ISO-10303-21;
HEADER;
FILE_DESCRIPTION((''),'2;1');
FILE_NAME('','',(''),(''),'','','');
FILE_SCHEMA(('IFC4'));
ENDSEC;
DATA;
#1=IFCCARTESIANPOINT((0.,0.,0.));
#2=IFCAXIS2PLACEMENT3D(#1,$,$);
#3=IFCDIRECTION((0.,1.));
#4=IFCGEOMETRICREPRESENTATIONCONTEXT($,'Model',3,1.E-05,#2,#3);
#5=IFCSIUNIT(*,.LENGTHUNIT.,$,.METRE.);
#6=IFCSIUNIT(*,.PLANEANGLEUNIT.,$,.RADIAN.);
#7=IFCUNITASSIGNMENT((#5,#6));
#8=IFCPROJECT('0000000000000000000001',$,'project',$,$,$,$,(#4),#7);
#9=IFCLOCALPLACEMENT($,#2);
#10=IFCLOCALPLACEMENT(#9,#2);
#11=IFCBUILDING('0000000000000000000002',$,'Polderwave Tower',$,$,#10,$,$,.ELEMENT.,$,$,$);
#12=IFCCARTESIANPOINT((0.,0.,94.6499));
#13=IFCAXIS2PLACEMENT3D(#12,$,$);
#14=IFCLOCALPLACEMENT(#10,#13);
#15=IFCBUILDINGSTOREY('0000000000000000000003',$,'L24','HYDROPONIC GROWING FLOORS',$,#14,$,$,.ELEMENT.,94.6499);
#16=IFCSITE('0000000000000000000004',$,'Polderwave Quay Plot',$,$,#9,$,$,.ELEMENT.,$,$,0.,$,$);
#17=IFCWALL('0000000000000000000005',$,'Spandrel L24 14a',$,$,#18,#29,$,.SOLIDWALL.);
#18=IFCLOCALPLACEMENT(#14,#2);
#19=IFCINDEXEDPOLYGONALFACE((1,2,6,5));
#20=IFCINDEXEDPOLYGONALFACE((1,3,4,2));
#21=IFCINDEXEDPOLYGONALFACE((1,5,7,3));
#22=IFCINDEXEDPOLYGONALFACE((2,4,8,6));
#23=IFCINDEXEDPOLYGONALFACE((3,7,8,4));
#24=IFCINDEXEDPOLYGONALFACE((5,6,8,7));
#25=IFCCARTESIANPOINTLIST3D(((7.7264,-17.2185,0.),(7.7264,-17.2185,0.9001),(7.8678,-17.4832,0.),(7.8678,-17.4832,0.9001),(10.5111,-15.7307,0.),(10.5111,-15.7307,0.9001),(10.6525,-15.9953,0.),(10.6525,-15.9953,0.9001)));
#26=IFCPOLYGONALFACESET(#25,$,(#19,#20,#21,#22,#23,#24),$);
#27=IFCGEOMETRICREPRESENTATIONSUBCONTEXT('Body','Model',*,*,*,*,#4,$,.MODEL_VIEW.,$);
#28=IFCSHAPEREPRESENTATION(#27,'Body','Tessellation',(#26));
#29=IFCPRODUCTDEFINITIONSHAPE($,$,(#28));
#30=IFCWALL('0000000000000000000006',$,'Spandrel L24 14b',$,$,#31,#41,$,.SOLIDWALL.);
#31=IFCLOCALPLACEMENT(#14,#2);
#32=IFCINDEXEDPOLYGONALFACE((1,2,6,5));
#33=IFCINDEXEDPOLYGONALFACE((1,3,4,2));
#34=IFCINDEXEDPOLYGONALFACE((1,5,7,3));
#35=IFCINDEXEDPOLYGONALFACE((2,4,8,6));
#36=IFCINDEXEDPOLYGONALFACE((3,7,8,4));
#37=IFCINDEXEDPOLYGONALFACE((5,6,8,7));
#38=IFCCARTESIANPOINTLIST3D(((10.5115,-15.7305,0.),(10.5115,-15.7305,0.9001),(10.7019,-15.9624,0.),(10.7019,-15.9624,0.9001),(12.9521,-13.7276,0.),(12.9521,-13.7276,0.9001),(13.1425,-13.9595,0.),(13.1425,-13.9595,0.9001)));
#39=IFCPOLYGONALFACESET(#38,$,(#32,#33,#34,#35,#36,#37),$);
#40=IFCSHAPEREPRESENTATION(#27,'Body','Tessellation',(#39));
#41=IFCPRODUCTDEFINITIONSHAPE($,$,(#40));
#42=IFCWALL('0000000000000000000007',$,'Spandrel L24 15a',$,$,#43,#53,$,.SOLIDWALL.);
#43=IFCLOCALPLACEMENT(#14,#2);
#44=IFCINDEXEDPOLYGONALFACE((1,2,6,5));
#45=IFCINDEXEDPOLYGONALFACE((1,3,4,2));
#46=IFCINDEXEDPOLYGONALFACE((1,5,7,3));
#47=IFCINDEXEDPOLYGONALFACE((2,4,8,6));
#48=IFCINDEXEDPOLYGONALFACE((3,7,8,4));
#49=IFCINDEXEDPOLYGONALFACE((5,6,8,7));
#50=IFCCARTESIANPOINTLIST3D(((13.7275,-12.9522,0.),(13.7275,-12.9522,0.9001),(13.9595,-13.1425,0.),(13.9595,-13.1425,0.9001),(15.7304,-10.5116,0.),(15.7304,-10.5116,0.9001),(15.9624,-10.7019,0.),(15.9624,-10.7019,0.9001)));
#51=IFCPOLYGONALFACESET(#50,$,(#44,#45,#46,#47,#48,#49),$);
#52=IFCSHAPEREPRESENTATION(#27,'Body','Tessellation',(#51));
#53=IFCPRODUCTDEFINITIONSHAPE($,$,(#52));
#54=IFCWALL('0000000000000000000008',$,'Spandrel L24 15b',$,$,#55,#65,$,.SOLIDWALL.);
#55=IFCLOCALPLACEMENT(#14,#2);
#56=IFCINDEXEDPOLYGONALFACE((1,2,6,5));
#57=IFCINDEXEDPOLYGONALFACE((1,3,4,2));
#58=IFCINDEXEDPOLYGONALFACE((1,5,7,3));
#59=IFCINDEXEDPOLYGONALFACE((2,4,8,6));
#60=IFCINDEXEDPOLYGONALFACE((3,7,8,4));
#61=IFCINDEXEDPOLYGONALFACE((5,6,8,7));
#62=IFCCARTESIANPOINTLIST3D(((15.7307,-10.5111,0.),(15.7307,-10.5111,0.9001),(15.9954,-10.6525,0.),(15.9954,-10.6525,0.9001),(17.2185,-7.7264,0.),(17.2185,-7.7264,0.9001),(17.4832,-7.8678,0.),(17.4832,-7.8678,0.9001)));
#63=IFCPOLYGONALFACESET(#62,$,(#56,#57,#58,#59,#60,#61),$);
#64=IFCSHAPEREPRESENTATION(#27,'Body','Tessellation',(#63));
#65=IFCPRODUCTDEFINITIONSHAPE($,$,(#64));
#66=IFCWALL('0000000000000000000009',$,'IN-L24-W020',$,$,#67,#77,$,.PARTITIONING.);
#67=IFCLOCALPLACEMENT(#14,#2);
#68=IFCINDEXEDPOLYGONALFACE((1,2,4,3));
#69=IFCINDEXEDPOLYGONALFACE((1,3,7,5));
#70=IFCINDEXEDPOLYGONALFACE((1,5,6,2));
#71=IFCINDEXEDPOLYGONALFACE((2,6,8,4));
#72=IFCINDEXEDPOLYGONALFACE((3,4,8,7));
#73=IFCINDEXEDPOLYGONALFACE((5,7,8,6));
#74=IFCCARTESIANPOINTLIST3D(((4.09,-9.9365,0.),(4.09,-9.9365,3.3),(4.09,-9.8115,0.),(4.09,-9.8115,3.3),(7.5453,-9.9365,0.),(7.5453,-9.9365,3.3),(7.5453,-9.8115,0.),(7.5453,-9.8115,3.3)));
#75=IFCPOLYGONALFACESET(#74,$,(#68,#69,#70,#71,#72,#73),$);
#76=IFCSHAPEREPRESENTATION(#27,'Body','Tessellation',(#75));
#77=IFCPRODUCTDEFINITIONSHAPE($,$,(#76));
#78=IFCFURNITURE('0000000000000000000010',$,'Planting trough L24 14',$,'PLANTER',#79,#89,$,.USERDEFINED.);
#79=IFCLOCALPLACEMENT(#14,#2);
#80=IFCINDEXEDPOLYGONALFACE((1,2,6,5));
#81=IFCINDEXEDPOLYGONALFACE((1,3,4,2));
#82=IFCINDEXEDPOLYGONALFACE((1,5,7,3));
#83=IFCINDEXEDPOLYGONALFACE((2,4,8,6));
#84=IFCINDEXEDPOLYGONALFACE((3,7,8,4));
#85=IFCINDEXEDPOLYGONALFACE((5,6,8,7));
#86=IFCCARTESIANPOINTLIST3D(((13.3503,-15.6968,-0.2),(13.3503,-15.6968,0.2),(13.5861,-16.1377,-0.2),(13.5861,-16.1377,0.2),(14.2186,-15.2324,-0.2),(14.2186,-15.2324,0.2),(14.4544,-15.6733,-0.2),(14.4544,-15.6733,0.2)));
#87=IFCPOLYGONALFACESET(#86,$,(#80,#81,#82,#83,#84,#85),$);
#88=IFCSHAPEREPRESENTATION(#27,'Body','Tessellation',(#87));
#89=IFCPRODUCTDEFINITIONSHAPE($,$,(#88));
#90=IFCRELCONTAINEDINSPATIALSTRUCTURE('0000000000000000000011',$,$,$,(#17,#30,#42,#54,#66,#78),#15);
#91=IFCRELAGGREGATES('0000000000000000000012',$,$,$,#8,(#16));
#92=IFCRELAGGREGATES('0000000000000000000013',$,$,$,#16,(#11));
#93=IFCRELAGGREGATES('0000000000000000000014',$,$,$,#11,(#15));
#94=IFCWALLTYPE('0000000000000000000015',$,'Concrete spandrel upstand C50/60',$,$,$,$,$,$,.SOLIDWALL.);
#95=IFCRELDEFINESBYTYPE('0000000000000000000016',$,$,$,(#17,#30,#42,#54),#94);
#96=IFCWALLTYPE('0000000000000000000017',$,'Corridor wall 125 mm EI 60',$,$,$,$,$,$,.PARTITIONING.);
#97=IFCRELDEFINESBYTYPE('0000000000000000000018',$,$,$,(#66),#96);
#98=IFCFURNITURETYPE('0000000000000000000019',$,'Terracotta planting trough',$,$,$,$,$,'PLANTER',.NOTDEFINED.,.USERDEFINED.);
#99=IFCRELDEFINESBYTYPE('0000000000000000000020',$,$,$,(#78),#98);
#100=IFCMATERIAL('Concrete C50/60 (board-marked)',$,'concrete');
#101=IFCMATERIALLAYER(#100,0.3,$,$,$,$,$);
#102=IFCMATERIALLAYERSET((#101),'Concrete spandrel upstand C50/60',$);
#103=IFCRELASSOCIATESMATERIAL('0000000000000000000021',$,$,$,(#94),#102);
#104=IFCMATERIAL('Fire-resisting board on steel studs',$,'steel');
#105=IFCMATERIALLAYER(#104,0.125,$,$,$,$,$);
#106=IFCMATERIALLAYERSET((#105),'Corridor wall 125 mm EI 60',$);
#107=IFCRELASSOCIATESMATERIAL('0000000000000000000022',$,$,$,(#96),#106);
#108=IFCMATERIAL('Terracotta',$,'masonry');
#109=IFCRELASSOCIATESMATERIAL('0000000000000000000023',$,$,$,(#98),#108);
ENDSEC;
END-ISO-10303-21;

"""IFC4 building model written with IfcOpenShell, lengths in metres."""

from ifc_helpers import new_model, si_unit, direction, frame, frame_2d, origin, origin_2d, place, context, subcontext, project, spatial, rectangle, extrude, material, layer, layer_set, type_object, element, save


model = new_model("IFC4")

# Units and contexts
model_context = context("Model", 3, precision=1e-05, world=origin(), true_north=direction((0.0, 1.0)))
body_context = subcontext(model_context, "Body", "Model", "MODEL_VIEW")
ifc_project = project(units=[si_unit("LENGTHUNIT", "METRE"), si_unit("PLANEANGLEUNIT", "RADIAN")], contexts=[model_context])

# Site, building, storey
site_placement = place(None, origin())
site = spatial("IfcSite", under=ifc_project, at=site_placement, Name="Polderwave Quay Plot", CompositionType="ELEMENT", RefElevation=0.0)
building_placement = place(site_placement, origin())
building = spatial("IfcBuilding", under=site, at=building_placement, Name="Polderwave Tower", CompositionType="ELEMENT")
storey_placement = place(building_placement, frame((0.0, 0.0, 94.6499)))
storey = spatial("IfcBuildingStorey", under=building, at=storey_placement, Name="L24", Description="HYDROPONIC GROWING FLOORS", CompositionType="ELEMENT", Elevation=94.6499)

# Walls
ifc_material_1 = material(Name="Concrete C50/60 (board-marked)", Category="concrete")
ifc_layer_1 = layer(ifc_material_1, 0.3)
ifc_layer_set_1 = layer_set([ifc_layer_1], Name="Concrete spandrel upstand C50/60")
wall_type_1 = type_object("IfcWallType", Name="Concrete spandrel upstand C50/60", PredefinedType="SOLIDWALL", material=ifc_layer_set_1)
for number, where, z_axis, x_axis, name in (
    (1, (7.7971, -17.3508, 0.0), (0.0, 0.0, 1.0), (0.882006, 0.471238, 0.0), "Spandrel L24 14a"),
    (2, (10.6067, -15.8464, 0.0), (0.0, 0.0, 1.0), (0.773023, 0.634378, 0.0), "Spandrel L24 14b"),
    (3, (13.8435, -13.0474, 0.0), (0.0, 0.0, 1.0), (0.634378, 0.773023, 0.0), "Spandrel L24 15a"),
    (4, (15.863, -10.5818, 0.0), (0.0, 0.0, 1.0), (0.471238, 0.882006, 0.0), "Spandrel L24 15b"),
):
    element("IfcWall", number, at=place(storey_placement, frame(where, z_axis=z_axis, x_axis=x_axis)), inside=storey, type_object=wall_type_1, Name=name, PredefinedType="SOLIDWALL", context=body_context, shape_type="SweptSolid", body=[
        extrude(rectangle(XDim=3.1572, YDim=0.3, at=frame_2d((1.5786, 0.0))), origin(), (0.0, 0.0, 1.0), 0.9001),
    ])
ifc_material_2 = material(Name="Fire-resisting board on steel studs", Category="steel")
ifc_layer_2 = layer(ifc_material_2, 0.125)
ifc_layer_set_2 = layer_set([ifc_layer_2], Name="Corridor wall 125 mm EI 60")
wall_type_2 = type_object("IfcWallType", Name="Corridor wall 125 mm EI 60", PredefinedType="PARTITIONING", material=ifc_layer_set_2)
wall_placement = place(storey_placement, frame((7.5452, -9.874, 0.0), z_axis=(0.0, 0.0, 1.0), x_axis=(-1.0, 0.0, 0.0)))
element("IfcWall", 5, at=wall_placement, inside=storey, type_object=wall_type_2, Name="IN-L24-W020", PredefinedType="PARTITIONING", context=body_context, shape_type="SweptSolid", body=[
    extrude(rectangle(XDim=3.4553, YDim=0.125, at=frame_2d((1.7275, 0.0))), origin(), (0.0, 0.0, 1.0), 3.3),
])

# Furniture
ifc_material_3 = material(Name="Terracotta", Category="masonry")
furniture_type = type_object("IfcFurnitureType", Name="Terracotta planting trough", ElementType="PLANTER", AssemblyPlace="NOTDEFINED", PredefinedType="USERDEFINED", material=ifc_material_3)
furniture_placement = place(storey_placement, frame((13.9023, -15.6851, -0.2), z_axis=(0.0, 0.0, 1.0), x_axis=(0.881818, 0.471591, 0.0)))
element("IfcFurniture", 6, at=furniture_placement, inside=storey, type_object=furniture_type, Name="Planting trough L24 14", ObjectType="PLANTER", PredefinedType="USERDEFINED", context=body_context, shape_type="SweptSolid", body=[
    extrude(rectangle(XDim=0.9846, YDim=0.5, at=origin_2d()), origin(), (0.0, 0.0, 1.0), 0.3999),
])

save(model, "model.ifc")
